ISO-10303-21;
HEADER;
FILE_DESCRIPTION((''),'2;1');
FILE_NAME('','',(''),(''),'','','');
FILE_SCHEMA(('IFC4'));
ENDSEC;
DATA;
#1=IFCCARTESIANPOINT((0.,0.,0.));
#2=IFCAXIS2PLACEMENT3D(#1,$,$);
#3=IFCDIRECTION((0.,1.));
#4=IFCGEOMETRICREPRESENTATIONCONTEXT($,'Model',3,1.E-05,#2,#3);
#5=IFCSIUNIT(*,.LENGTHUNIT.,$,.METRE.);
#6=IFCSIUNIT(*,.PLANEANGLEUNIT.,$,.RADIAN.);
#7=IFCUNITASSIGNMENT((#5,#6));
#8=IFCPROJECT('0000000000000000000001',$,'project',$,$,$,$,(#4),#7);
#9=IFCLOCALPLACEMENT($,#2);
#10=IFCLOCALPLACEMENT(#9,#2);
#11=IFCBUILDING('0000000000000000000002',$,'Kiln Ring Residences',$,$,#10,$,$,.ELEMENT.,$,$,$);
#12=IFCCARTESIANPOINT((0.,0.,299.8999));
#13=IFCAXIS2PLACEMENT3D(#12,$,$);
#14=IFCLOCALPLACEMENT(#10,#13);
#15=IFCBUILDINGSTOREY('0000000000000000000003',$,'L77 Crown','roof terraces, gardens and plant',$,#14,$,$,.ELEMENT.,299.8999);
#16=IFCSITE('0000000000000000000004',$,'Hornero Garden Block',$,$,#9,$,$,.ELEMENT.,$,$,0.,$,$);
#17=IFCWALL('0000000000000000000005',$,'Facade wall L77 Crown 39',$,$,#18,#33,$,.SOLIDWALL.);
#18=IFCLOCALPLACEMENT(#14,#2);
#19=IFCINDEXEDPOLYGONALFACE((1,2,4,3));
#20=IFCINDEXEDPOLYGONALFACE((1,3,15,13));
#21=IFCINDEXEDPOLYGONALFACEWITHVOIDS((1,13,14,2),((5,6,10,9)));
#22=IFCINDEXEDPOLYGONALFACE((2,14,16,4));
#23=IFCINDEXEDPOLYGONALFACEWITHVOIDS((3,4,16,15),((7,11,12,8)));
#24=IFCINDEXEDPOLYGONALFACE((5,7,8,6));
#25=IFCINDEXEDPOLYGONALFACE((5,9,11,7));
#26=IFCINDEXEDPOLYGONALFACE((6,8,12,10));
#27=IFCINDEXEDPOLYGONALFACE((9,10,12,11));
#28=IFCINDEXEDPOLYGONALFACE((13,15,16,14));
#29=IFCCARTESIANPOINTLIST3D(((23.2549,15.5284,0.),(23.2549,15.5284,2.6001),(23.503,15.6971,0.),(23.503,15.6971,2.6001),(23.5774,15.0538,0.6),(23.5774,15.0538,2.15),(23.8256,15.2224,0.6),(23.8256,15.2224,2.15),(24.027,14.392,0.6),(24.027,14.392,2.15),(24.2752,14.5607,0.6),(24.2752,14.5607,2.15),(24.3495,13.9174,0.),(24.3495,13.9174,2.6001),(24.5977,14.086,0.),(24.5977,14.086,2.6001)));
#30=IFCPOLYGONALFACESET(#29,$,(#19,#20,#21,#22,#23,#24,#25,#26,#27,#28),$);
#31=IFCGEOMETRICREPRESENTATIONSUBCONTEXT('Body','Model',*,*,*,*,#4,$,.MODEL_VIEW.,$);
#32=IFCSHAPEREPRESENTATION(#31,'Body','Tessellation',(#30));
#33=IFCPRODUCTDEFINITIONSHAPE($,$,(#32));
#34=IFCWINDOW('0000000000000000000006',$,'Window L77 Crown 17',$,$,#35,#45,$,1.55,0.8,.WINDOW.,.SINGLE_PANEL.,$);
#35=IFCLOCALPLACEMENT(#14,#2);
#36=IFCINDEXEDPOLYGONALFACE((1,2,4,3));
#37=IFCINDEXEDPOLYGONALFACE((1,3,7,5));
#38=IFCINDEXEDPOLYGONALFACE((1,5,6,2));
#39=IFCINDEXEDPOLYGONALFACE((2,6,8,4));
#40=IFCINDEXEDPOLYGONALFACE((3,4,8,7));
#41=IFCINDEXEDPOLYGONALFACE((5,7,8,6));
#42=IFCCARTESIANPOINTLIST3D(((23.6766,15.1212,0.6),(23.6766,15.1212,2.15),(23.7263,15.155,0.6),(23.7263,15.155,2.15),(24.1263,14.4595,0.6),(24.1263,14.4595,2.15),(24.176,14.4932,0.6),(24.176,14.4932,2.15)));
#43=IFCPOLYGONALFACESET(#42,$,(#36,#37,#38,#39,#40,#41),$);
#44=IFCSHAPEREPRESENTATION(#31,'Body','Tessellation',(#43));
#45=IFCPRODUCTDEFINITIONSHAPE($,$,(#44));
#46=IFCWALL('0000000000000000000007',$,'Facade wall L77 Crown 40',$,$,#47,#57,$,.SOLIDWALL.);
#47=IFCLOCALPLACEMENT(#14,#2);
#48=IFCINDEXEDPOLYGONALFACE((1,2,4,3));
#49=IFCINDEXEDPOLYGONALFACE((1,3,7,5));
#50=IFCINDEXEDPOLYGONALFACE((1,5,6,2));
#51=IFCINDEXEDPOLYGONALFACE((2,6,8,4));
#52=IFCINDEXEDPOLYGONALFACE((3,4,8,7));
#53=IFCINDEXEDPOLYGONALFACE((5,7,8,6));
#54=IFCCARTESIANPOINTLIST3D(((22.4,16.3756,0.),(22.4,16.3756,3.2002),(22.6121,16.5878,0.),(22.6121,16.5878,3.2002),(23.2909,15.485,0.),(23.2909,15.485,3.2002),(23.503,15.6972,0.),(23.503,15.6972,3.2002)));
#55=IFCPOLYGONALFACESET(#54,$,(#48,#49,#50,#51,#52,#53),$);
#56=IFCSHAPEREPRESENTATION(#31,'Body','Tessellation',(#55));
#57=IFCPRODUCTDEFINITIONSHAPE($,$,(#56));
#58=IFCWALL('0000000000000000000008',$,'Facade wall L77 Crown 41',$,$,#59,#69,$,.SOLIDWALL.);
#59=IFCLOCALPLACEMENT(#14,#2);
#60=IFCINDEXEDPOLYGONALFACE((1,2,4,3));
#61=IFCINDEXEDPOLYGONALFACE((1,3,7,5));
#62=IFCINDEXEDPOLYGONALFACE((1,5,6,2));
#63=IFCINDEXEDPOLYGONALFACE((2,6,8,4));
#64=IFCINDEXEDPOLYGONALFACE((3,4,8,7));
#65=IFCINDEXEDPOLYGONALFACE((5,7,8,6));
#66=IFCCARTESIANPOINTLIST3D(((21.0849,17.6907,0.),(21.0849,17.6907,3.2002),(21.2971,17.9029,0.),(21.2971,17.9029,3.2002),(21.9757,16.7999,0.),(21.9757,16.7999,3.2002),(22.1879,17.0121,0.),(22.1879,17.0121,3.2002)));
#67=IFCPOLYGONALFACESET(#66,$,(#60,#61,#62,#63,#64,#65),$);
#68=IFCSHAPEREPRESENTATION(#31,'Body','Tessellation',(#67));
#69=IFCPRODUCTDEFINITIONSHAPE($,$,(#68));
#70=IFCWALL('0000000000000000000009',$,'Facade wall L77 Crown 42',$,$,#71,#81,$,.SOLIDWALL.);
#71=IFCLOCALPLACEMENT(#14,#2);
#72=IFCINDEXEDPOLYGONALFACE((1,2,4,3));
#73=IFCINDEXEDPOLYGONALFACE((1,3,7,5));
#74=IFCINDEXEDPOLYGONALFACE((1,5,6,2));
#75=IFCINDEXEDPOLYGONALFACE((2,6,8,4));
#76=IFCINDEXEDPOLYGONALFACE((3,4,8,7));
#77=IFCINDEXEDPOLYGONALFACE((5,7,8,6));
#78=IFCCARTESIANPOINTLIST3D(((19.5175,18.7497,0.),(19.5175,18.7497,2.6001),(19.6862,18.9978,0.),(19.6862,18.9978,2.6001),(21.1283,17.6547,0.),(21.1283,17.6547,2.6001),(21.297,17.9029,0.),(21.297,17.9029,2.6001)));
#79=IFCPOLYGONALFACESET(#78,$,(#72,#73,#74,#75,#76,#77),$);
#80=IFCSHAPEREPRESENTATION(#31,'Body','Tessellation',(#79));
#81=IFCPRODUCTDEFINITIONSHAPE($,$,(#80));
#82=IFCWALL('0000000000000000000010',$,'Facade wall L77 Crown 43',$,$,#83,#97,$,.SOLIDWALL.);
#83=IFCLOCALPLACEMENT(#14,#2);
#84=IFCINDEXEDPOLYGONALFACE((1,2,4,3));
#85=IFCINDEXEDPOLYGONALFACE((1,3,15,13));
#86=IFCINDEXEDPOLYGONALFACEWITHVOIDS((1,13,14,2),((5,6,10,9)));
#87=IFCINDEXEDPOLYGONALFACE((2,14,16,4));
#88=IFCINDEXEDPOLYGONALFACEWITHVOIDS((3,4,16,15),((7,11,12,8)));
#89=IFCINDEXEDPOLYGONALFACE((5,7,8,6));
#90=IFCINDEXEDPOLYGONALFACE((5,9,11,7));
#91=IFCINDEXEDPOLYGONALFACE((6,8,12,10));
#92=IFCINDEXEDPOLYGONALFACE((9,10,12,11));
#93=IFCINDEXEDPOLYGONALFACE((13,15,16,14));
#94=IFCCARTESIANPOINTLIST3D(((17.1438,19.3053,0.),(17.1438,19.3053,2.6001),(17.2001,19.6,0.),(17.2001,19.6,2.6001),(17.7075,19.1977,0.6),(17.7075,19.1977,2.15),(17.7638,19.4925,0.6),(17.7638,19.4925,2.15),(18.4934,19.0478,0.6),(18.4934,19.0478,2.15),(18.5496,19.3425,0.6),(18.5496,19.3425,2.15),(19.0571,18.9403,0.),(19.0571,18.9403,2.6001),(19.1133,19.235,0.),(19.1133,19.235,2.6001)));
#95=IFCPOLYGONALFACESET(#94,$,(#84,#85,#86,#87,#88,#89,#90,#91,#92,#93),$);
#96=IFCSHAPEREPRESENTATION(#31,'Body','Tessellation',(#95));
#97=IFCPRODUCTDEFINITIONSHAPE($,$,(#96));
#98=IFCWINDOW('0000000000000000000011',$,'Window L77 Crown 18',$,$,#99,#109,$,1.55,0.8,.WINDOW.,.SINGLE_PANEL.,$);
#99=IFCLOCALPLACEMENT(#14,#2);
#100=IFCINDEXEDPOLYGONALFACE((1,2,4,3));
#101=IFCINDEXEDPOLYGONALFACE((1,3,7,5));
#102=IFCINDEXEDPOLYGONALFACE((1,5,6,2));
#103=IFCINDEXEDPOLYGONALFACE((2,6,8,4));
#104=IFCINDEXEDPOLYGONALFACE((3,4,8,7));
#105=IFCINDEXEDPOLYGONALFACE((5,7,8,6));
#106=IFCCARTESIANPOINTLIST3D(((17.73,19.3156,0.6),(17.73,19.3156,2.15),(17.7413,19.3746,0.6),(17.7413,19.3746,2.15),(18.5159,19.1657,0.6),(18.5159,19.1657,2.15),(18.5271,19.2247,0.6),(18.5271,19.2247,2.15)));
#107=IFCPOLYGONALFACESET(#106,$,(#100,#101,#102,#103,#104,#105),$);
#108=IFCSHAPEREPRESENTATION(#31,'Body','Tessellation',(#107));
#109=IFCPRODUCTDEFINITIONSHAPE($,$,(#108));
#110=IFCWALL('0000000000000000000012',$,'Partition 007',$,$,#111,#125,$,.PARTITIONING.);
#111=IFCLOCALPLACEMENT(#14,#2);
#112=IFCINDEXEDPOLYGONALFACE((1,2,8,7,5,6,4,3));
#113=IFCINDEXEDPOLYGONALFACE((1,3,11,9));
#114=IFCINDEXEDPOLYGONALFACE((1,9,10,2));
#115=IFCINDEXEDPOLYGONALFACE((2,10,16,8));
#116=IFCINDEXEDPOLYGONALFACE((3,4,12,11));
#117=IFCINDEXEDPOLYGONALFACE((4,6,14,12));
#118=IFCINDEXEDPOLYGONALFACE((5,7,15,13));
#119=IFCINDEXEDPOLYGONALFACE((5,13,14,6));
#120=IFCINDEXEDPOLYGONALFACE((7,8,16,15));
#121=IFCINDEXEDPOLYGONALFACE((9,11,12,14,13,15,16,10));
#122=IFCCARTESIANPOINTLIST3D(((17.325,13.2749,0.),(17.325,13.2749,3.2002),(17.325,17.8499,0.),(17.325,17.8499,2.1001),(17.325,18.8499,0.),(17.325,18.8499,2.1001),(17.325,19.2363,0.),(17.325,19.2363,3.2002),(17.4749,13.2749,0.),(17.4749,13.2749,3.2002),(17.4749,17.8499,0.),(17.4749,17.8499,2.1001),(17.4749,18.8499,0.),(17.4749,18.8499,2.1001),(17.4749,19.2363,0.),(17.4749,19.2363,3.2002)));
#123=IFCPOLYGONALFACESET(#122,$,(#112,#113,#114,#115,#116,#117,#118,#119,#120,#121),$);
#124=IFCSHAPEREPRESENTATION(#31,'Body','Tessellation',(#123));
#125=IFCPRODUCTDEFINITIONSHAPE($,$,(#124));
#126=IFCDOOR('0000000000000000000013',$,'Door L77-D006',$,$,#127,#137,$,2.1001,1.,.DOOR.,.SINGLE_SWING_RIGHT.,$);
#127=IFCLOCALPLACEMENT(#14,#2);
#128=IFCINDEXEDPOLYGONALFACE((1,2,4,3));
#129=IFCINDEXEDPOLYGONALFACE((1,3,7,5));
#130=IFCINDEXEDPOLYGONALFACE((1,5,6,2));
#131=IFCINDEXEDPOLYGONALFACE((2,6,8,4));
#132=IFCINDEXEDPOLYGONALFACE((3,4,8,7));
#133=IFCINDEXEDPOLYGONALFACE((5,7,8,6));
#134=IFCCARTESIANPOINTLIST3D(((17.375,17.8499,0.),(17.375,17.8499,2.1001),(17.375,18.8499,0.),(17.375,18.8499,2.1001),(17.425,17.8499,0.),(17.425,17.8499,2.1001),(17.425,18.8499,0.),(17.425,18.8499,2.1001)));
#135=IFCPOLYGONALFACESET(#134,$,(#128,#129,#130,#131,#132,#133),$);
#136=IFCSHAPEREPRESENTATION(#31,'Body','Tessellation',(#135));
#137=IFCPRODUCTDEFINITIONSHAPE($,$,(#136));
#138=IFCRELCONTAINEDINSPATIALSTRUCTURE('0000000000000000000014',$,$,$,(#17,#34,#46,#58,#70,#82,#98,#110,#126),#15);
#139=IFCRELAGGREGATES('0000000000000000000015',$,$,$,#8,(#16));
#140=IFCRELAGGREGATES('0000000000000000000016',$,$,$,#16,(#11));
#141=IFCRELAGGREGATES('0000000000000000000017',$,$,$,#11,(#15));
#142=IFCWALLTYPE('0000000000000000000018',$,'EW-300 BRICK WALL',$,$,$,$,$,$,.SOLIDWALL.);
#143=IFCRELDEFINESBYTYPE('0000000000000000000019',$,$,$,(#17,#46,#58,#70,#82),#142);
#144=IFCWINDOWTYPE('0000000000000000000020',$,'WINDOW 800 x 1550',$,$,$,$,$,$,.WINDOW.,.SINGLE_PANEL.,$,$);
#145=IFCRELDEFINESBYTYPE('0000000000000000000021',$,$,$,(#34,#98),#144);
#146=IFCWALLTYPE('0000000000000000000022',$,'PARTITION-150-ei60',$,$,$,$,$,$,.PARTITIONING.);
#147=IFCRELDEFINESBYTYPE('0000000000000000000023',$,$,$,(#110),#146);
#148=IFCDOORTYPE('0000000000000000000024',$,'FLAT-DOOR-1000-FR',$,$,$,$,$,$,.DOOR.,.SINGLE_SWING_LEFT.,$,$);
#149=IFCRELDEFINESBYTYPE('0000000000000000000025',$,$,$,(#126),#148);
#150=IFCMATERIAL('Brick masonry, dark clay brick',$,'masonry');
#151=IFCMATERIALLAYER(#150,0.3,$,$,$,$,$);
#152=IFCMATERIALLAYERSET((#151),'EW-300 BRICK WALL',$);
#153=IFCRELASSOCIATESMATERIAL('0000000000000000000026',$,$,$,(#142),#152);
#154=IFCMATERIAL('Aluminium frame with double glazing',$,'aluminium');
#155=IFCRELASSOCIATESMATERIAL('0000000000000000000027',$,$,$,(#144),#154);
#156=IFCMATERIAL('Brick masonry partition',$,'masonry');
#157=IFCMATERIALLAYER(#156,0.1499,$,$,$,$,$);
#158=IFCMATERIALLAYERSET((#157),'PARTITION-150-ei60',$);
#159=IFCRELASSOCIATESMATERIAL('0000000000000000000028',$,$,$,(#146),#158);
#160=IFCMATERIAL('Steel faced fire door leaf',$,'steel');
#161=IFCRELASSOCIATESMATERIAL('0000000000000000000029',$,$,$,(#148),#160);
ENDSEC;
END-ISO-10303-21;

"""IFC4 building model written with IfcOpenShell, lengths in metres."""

from ifc_helpers import new_model, si_unit, direction, frame, frame_2d, origin, place, context, subcontext, project, spatial, rectangle, extrude, material, layer, layer_set, type_object, element, fill, save


model = new_model("IFC4")

# Units and contexts
model_context = context("Model", 3, precision=1e-05, world=origin(), true_north=direction((0.0, 1.0)))
body_context = subcontext(model_context, "Body", "Model", "MODEL_VIEW")
ifc_project = project(units=[si_unit("LENGTHUNIT", "METRE"), si_unit("PLANEANGLEUNIT", "RADIAN")], contexts=[model_context])

# Site, building, storey
site_placement = place(None, origin())
site = spatial("IfcSite", under=ifc_project, at=site_placement, Name="Hornero Garden Block", CompositionType="ELEMENT", RefElevation=0.0)
building_placement = place(site_placement, origin())
building = spatial("IfcBuilding", under=site, at=building_placement, Name="Kiln Ring Residences", CompositionType="ELEMENT")
storey_placement = place(building_placement, frame((0.0, 0.0, 299.8999)))
storey = spatial("IfcBuildingStorey", under=building, at=storey_placement, Name="L77 Crown", Description="roof terraces, gardens and plant", CompositionType="ELEMENT", Elevation=299.8999)

# Shared definitions
ifc_material_1 = material(Name="Brick masonry, dark clay brick", Category="masonry")
ifc_layer_1 = layer(ifc_material_1, 0.3)
ifc_layer_set_1 = layer_set([ifc_layer_1], Name="EW-300 BRICK WALL")
wall_type_1 = type_object("IfcWallType", Name="EW-300 BRICK WALL", PredefinedType="SOLIDWALL", material=ifc_layer_set_1)

# Wall, opening, window
wall_1_placement = place(storey_placement, frame((24.4736, 14.0017, 0.0), z_axis=(0.0, 0.0, 1.0), x_axis=(-0.562025, 0.82712, 0.0)))
wall_1 = element("IfcWall", 1, at=wall_1_placement, inside=storey, type_object=wall_type_1, Name="Facade wall L77 Crown 39", PredefinedType="SOLIDWALL", context=body_context, shape_type="SweptSolid", body=[
    extrude(rectangle(XDim=1.9478, YDim=0.3, at=frame_2d((0.9739, 0.0))), origin(), (0.0, 0.0, 1.0), 2.6001),
])
opening_1_placement = place(wall_1_placement, frame((0.574, 0.0, 0.6001)))
opening_1 = element("IfcOpeningElement", 2, at=opening_1_placement, cuts=wall_1, PredefinedType="OPENING", context=body_context, shape_type="SweptSolid", body=[
    extrude(rectangle(XDim=0.8, YDim=1.55, at=frame_2d((0.3999, 0.7749))), frame((0.0, 0.1599, 0.0), z_axis=(0.0, -1.0, 0.0), x_axis=(1.0, 0.0, 0.0)), (0.0, 0.0, 1.0), 0.3201),
])
ifc_material_2 = material(Name="Aluminium frame with double glazing", Category="aluminium")
window_type = type_object("IfcWindowType", Name="WINDOW 800 x 1550", PartitioningType="SINGLE_PANEL", PredefinedType="WINDOW", material=ifc_material_2)
window_1_placement = place(opening_1_placement, origin())
window_1 = element("IfcWindow", 3, at=window_1_placement, inside=storey, type_object=window_type, Name="Window L77 Crown 17", OverallHeight=1.55, OverallWidth=0.8, PartitioningType="SINGLE_PANEL", PredefinedType="WINDOW", context=body_context, shape_type="SweptSolid", body=[
    extrude(rectangle(XDim=0.8, YDim=1.55, at=frame_2d((0.3999, 0.7749))), frame((0.0, 0.03, 0.0), z_axis=(0.0, -1.0, 0.0), x_axis=(1.0, 0.0, 0.0)), (0.0, 0.0, 1.0), 0.0601),
])
fill(opening_1, window_1)

# Walls
for number, where, z_axis, x_axis, name in (
    (4, (23.397, 15.5911, 0.0), (0.0, 0.0, 1.0), (-0.707204, 0.70701, 0.0), "Facade wall L77 Crown 40"),
    (5, (22.0818, 16.906, 0.0), (0.0, 0.0, 1.0), (-0.707107, 0.707107, 0.0), "Facade wall L77 Crown 41"),
):
    element("IfcWall", number, at=place(storey_placement, frame(where, z_axis=z_axis, x_axis=x_axis)), inside=storey, type_object=wall_type_1, Name=name, PredefinedType="SOLIDWALL", context=body_context, shape_type="SweptSolid", body=[
        extrude(rectangle(XDim=1.2598, YDim=0.3, at=frame_2d((0.6299, 0.0))), origin(), (0.0, 0.0, 1.0), 3.2002),
    ])
wall_2_placement = place(storey_placement, frame((21.2126, 17.7788, 0.0), z_axis=(0.0, 0.0, 1.0), x_axis=(-0.827022, 0.562169, 0.0)))
element("IfcWall", 6, at=wall_2_placement, inside=storey, type_object=wall_type_1, Name="Facade wall L77 Crown 42", PredefinedType="SOLIDWALL", context=body_context, shape_type="SweptSolid", body=[
    extrude(rectangle(XDim=1.9478, YDim=0.3, at=frame_2d((0.9739, 0.0))), origin(), (0.0, 0.0, 1.0), 2.6001),
])

# Wall, opening, window
wall_3_placement = place(storey_placement, frame((19.0852, 19.0876, 0.0), z_axis=(0.0, 0.0, 1.0), x_axis=(-0.982287, 0.187383, 0.0)))
wall_3 = element("IfcWall", 7, at=wall_3_placement, inside=storey, type_object=wall_type_1, Name="Facade wall L77 Crown 43", PredefinedType="SOLIDWALL", context=body_context, shape_type="SweptSolid", body=[
    extrude(rectangle(XDim=1.9478, YDim=0.3, at=frame_2d((0.9739, 0.0))), origin(), (0.0, 0.0, 1.0), 2.6001),
])
opening_2_placement = place(wall_3_placement, frame((0.574, 0.0, 0.6001)))
opening_2 = element("IfcOpeningElement", 8, at=opening_2_placement, cuts=wall_3, PredefinedType="OPENING", context=body_context, shape_type="SweptSolid", body=[
    extrude(rectangle(XDim=0.8, YDim=1.55, at=frame_2d((0.3999, 0.7749))), frame((0.0, 0.1599, 0.0), z_axis=(0.0, -1.0, 0.0), x_axis=(1.0, 0.0, 0.0)), (0.0, 0.0, 1.0), 0.3201),
])
window_2_placement = place(opening_2_placement, origin())
window_2 = element("IfcWindow", 9, at=window_2_placement, inside=storey, type_object=window_type, Name="Window L77 Crown 18", OverallHeight=1.55, OverallWidth=0.8, PartitioningType="SINGLE_PANEL", PredefinedType="WINDOW", context=body_context, shape_type="SweptSolid", body=[
    extrude(rectangle(XDim=0.8, YDim=1.55, at=frame_2d((0.3999, 0.7749))), frame((0.0, 0.03, 0.0), z_axis=(0.0, -1.0, 0.0), x_axis=(1.0, 0.0, 0.0)), (0.0, 0.0, 1.0), 0.0601),
])
fill(opening_2, window_2)

# Wall, opening, door
ifc_material_3 = material(Name="Brick masonry partition", Category="masonry")
ifc_layer_2 = layer(ifc_material_3, 0.1499)
ifc_layer_set_2 = layer_set([ifc_layer_2], Name="PARTITION-150-ei60")
wall_type_2 = type_object("IfcWallType", Name="PARTITION-150-ei60", PredefinedType="PARTITIONING", material=ifc_layer_set_2)
wall_4_placement = place(storey_placement, frame((17.3999, 13.2749, 0.0), z_axis=(0.0, 0.0, 1.0), x_axis=(0.0, 1.0, 0.0)))
wall_4 = element("IfcWall", 10, at=wall_4_placement, inside=storey, type_object=wall_type_2, Name="Partition 007", PredefinedType="PARTITIONING", context=body_context, shape_type="SweptSolid", body=[
    extrude(rectangle(XDim=5.9614, YDim=0.1499, at=frame_2d((2.9807, 0.0))), origin(), (0.0, 0.0, 1.0), 3.2002),
])
opening_3_placement = place(wall_4_placement, frame((4.575, 0.0, 0.0)))
opening_3 = element("IfcOpeningElement", 11, at=opening_3_placement, cuts=wall_4, PredefinedType="OPENING", context=body_context, shape_type="SweptSolid", body=[
    extrude(rectangle(XDim=1.0, YDim=2.1001, at=frame_2d((0.5, 1.05))), frame((0.0, 0.085, 0.0), z_axis=(0.0, -1.0, 0.0), x_axis=(1.0, 0.0, 0.0)), (0.0, 0.0, 1.0), 0.1699),
])
ifc_material_4 = material(Name="Steel faced fire door leaf", Category="steel")
door_type_1 = type_object("IfcDoorType", Name="FLAT-DOOR-1000-FR", OperationType="SINGLE_SWING_LEFT", PredefinedType="DOOR", material=ifc_material_4)
door_1_placement = place(opening_3_placement, origin())
door_1 = element("IfcDoor", 12, at=door_1_placement, inside=storey, type_object=door_type_1, Name="Door L77-D006", OperationType="SINGLE_SWING_RIGHT", OverallHeight=2.1001, OverallWidth=1.0, PredefinedType="DOOR", context=body_context, shape_type="SweptSolid", body=[
    extrude(rectangle(XDim=1.0, YDim=2.1001, at=frame_2d((0.5, 1.05))), frame((0.0, 0.0249, 0.0), z_axis=(0.0, -1.0, 0.0), x_axis=(1.0, 0.0, 0.0)), (0.0, 0.0, 1.0), 0.05),
])
fill(opening_3, door_1)

save(model, "model.ifc")
